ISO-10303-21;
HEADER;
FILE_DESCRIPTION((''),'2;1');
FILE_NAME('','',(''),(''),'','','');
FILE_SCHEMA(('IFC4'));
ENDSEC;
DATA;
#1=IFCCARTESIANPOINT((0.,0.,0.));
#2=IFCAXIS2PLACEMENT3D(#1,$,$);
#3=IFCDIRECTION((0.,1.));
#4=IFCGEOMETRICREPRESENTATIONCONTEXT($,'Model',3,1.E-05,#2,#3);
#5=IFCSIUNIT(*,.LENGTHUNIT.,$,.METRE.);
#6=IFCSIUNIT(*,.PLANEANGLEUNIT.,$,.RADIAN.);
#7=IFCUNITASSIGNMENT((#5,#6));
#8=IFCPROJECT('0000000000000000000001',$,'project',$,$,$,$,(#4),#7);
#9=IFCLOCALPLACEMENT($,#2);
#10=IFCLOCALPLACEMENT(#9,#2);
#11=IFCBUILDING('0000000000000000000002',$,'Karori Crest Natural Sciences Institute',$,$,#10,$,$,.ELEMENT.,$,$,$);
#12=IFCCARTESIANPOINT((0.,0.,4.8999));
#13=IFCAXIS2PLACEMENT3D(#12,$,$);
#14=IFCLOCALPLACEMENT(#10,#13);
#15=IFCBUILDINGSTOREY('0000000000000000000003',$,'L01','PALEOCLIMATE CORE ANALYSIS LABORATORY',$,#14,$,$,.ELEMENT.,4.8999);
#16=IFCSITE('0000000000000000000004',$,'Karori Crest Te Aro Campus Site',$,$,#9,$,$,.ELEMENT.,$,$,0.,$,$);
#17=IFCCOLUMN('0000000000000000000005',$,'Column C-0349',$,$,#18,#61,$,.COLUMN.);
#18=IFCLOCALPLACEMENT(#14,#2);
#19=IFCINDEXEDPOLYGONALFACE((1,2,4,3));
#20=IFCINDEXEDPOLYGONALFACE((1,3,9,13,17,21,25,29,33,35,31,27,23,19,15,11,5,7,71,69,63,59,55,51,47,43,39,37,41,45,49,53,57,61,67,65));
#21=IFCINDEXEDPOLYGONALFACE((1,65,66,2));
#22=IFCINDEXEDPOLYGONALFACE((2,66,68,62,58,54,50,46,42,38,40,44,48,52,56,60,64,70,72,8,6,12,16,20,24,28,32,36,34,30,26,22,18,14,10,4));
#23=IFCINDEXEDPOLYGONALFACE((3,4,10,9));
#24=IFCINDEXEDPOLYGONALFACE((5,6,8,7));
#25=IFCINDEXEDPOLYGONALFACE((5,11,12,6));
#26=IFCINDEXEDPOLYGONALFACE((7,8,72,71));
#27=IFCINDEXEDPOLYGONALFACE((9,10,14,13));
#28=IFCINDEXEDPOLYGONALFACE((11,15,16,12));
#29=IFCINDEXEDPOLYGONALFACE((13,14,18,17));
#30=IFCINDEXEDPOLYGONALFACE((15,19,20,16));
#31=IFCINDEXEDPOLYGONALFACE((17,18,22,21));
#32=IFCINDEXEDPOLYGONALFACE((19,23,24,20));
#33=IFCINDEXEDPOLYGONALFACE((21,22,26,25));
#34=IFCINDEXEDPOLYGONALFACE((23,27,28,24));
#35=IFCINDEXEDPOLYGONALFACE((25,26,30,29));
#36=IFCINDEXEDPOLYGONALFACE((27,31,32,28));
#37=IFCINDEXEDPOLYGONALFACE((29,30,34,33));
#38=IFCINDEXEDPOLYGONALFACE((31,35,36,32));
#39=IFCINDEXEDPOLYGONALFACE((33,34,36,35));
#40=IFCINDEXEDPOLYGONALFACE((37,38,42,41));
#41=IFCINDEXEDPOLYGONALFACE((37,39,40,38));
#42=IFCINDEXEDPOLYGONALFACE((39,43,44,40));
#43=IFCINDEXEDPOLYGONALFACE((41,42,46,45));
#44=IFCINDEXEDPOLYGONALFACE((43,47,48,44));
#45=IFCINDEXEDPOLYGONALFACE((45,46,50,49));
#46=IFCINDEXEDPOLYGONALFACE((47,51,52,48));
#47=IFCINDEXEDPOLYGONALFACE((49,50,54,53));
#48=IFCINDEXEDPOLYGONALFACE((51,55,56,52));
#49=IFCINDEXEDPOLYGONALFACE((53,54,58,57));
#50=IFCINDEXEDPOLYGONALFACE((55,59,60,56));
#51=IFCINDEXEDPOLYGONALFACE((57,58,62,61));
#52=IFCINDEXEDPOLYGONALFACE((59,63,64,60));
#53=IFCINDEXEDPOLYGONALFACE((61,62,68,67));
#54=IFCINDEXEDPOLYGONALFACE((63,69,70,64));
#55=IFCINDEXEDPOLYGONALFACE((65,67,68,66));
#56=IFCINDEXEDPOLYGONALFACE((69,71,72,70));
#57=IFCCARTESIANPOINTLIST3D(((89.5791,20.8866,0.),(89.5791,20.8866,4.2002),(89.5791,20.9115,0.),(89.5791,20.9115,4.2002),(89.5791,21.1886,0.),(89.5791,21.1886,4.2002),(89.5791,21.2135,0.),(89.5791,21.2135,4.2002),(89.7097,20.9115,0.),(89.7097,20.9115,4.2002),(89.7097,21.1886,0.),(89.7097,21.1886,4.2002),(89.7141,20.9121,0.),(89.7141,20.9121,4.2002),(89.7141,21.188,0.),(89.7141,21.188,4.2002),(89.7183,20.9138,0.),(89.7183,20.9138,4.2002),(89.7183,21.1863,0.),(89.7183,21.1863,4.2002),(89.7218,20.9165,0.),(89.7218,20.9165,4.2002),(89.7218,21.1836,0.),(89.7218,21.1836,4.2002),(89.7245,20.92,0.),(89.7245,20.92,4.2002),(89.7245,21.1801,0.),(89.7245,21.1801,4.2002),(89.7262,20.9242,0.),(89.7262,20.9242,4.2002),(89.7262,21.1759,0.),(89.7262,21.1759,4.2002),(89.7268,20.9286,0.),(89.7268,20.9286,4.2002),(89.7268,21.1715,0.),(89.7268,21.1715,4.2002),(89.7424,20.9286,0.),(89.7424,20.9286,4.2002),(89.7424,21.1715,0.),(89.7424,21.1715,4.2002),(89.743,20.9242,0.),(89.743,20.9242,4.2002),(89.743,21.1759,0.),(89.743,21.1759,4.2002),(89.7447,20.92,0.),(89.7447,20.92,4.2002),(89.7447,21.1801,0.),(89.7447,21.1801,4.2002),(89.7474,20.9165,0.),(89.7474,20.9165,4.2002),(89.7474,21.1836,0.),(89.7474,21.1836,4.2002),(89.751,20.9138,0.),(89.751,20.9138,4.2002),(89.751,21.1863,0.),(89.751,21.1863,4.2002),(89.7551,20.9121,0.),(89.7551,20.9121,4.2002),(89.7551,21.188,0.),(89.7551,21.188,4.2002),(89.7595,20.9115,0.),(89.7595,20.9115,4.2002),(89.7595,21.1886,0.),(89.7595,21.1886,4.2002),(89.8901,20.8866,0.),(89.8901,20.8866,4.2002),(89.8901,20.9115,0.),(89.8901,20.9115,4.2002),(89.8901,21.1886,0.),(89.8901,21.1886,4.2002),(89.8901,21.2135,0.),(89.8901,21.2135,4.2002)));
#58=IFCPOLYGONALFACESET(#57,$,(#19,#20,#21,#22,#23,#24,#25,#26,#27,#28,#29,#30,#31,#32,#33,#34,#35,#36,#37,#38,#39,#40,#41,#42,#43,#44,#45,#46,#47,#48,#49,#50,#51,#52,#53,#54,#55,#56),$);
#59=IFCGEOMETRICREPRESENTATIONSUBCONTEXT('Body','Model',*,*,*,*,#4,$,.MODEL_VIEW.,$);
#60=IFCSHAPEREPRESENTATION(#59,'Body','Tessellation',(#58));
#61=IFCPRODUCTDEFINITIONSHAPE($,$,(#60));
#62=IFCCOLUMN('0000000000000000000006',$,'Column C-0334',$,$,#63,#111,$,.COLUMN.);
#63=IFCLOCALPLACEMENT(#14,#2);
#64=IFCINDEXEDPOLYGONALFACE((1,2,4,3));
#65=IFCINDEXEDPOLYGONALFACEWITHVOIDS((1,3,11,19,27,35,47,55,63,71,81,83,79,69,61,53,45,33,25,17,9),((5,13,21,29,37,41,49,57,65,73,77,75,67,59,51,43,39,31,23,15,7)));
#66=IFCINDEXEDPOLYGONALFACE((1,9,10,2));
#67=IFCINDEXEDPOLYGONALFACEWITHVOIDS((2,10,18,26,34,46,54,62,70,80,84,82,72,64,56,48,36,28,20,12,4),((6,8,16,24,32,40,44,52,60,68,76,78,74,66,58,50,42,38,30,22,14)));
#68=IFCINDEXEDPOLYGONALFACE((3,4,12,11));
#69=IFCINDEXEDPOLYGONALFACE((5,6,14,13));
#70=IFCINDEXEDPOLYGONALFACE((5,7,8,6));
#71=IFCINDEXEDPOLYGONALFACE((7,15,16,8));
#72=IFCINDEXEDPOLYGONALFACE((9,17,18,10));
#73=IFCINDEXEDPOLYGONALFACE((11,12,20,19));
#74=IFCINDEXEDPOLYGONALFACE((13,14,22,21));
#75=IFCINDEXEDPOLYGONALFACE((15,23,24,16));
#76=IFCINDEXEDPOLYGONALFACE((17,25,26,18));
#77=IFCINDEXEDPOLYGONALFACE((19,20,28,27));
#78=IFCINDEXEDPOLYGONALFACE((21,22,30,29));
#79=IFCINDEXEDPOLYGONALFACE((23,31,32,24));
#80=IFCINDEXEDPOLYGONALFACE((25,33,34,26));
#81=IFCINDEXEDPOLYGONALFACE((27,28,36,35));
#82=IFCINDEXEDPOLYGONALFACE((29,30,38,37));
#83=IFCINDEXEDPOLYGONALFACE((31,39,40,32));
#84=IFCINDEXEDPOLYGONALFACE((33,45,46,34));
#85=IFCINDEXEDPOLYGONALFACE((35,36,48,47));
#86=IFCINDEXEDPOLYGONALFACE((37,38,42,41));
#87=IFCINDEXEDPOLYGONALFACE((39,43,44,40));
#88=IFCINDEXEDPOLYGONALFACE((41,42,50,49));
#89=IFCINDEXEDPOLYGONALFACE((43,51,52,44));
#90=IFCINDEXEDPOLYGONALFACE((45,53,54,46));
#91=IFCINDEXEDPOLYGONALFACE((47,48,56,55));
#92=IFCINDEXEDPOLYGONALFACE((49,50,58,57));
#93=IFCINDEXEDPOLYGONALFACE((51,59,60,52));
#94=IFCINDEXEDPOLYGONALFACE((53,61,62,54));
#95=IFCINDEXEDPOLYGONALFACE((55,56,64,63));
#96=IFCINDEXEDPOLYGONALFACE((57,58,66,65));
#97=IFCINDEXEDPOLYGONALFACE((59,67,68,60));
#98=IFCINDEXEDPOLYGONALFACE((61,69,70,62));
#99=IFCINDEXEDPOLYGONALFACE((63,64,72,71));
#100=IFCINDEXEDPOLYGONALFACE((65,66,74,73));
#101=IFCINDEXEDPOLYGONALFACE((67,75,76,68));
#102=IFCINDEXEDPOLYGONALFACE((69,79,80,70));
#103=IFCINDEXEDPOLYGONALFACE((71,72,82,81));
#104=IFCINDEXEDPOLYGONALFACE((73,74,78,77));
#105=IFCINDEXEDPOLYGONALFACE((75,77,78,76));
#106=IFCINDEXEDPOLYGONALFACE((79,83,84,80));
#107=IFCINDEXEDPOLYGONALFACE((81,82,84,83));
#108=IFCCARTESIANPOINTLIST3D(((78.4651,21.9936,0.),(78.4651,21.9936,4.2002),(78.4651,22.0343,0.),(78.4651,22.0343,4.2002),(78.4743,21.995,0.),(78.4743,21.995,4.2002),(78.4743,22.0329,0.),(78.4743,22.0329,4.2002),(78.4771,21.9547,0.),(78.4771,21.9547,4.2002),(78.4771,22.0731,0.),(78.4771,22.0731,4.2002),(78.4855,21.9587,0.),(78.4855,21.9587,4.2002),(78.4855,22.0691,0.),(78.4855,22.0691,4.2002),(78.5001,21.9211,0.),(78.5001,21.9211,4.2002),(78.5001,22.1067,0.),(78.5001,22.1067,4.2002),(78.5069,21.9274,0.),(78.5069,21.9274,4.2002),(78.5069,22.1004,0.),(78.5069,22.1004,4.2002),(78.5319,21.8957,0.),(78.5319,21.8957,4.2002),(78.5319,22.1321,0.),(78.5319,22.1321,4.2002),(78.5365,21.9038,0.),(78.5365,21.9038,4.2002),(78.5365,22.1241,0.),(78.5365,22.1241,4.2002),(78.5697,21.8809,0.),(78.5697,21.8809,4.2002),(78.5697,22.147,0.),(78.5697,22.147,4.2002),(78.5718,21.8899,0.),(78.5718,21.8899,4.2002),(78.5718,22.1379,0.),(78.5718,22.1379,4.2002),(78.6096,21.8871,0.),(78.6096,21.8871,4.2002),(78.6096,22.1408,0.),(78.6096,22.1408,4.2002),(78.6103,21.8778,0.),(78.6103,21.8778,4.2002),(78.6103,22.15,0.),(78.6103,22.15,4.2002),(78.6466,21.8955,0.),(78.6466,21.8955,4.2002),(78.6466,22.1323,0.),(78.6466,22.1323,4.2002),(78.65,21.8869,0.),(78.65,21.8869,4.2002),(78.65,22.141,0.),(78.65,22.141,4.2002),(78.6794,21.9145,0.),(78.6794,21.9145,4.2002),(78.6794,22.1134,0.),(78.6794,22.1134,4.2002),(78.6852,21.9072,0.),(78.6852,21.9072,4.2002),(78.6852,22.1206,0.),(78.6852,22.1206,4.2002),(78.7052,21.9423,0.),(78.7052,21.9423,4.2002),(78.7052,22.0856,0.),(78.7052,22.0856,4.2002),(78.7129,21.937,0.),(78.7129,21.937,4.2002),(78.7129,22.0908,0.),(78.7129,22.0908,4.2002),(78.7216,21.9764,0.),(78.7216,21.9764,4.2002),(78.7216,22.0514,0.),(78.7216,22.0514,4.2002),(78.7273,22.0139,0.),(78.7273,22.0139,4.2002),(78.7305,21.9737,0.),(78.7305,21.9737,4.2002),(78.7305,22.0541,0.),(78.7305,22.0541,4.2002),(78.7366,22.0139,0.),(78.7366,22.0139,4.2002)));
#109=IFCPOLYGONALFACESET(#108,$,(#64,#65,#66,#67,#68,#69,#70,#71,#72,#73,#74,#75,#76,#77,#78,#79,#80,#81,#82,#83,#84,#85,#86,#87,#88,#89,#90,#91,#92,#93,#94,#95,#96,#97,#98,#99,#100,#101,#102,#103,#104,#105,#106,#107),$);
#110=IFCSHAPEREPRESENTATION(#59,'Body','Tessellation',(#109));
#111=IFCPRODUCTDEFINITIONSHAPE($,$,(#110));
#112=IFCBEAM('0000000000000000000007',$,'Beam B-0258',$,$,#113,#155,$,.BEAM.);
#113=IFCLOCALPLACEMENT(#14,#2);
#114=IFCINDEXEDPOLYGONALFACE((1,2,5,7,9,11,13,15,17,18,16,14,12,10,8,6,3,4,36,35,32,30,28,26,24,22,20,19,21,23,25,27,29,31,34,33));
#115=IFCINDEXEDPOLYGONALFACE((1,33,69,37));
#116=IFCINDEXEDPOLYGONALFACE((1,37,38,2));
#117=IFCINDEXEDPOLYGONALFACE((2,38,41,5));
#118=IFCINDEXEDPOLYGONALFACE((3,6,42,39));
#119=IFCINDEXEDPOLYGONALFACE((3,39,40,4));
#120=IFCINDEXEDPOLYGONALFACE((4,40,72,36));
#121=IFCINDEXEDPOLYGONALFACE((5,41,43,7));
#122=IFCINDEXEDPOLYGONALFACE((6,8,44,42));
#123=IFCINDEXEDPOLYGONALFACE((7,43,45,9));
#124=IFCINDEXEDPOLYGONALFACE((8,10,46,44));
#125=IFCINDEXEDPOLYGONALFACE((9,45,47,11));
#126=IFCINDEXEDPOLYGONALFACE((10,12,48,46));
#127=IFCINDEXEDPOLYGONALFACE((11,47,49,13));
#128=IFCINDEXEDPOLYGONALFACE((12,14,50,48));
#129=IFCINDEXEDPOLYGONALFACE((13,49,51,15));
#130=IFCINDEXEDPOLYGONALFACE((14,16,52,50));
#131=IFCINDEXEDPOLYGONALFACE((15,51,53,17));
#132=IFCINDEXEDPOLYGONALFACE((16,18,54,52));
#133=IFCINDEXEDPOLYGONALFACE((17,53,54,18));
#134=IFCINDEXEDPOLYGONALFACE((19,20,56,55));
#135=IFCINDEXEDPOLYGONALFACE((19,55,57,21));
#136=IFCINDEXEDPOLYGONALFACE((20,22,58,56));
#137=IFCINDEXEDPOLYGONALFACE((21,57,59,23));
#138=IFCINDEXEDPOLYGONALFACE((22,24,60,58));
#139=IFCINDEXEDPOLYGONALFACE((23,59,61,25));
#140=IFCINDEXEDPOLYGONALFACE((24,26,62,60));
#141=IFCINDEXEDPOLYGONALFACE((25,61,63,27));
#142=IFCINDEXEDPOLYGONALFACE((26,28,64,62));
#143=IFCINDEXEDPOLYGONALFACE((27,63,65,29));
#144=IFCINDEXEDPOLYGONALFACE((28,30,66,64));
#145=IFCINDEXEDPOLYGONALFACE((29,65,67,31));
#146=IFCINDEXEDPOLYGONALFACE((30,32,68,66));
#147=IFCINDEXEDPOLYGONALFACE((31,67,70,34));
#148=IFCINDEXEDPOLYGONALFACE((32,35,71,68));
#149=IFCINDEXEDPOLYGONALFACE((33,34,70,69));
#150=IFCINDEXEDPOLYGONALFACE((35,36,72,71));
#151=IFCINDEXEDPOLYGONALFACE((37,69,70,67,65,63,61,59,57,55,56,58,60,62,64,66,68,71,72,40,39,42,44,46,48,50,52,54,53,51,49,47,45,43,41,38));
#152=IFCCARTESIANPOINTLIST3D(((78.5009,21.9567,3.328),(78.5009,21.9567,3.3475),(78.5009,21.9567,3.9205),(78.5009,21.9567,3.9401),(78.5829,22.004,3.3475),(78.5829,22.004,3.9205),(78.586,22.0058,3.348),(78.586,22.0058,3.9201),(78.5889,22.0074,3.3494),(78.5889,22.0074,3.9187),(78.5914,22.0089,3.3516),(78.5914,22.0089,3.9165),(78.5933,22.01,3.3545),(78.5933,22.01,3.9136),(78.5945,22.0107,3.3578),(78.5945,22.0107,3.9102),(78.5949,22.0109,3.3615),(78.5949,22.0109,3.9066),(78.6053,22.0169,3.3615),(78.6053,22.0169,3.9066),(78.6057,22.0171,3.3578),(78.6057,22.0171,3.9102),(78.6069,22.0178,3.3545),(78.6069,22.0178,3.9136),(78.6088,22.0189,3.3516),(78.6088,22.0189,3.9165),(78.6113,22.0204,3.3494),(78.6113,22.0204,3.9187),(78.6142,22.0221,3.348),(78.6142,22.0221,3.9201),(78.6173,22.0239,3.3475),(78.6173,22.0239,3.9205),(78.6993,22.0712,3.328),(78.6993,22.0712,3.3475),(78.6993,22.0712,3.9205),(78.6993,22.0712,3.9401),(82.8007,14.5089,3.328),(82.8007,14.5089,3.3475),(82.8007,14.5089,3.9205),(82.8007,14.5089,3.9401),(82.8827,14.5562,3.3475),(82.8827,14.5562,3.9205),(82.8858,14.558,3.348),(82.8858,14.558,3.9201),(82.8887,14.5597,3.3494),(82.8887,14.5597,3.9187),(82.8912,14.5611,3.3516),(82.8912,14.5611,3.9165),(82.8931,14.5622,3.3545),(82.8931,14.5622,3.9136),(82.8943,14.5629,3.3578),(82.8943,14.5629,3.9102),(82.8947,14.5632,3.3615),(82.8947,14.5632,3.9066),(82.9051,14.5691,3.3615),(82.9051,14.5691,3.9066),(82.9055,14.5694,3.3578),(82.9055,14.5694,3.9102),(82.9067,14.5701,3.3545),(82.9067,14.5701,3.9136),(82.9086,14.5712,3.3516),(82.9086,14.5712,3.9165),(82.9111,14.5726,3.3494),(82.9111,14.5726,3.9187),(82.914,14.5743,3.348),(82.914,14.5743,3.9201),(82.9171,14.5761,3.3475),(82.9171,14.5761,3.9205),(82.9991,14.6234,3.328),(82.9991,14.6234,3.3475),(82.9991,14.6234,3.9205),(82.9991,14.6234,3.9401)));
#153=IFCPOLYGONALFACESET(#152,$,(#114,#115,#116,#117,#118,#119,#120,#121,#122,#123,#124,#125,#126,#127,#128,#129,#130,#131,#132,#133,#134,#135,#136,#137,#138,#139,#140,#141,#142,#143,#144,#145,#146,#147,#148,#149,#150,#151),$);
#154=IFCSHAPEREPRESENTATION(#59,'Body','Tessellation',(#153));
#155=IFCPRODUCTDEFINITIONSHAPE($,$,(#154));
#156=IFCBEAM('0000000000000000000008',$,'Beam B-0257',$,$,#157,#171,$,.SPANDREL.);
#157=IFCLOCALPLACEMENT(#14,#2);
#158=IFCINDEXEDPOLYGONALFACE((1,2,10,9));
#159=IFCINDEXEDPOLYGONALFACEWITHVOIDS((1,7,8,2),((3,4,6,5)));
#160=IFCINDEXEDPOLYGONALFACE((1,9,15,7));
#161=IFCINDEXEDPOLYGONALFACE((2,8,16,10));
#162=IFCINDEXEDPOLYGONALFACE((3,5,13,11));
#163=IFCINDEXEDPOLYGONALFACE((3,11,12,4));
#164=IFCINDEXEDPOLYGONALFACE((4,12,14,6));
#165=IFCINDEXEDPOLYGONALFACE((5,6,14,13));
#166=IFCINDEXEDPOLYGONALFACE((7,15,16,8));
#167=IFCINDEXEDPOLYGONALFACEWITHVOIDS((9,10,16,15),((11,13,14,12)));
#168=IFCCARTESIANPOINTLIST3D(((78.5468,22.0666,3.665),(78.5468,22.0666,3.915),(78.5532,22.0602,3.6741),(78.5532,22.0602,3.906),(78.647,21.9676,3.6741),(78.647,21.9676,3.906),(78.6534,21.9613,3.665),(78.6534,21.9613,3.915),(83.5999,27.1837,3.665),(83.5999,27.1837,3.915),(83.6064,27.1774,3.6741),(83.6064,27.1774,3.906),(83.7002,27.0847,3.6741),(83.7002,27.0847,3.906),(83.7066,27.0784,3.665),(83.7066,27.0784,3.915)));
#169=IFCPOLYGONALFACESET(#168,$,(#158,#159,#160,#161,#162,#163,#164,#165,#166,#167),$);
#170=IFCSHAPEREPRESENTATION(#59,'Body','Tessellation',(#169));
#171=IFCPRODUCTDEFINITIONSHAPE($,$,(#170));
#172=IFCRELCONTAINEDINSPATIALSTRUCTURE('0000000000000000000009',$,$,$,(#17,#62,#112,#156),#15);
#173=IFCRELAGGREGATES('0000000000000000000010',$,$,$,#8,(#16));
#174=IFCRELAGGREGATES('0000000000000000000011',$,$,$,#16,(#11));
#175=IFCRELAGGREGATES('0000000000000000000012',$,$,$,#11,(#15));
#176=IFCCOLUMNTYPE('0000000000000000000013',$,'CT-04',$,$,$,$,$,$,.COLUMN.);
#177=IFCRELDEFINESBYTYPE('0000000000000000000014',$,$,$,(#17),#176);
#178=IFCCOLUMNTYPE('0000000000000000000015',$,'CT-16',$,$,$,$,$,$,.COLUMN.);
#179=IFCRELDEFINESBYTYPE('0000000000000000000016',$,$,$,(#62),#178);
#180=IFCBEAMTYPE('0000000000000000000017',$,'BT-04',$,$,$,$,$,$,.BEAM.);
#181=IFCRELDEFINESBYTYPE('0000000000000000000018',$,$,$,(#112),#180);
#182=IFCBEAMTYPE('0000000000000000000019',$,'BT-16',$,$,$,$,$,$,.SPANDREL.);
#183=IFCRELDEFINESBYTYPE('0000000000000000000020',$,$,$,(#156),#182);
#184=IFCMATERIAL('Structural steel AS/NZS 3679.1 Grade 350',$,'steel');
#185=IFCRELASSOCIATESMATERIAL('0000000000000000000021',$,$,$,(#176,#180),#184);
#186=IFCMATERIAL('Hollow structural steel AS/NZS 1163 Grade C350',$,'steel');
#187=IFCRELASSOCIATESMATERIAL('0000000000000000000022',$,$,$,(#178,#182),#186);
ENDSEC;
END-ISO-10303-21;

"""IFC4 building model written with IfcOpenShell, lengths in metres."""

from ifc_helpers import new_model, si_unit, direction, frame, origin, origin_2d, place, context, subcontext, project, spatial, hollow_rectangle, hollow_circle, i_section, extrude, material, material_profile, profile_set, type_object, element, save


model = new_model("IFC4")

# Units and contexts
model_context = context("Model", 3, precision=1e-05, world=origin(), true_north=direction((0.0, 1.0)))
body_context = subcontext(model_context, "Body", "Model", "MODEL_VIEW")
ifc_project = project(units=[si_unit("LENGTHUNIT", "METRE"), si_unit("PLANEANGLEUNIT", "RADIAN")], contexts=[model_context])

# Site, building, storey
site_placement = place(None, origin())
site = spatial("IfcSite", under=ifc_project, at=site_placement, Name="Karori Crest Te Aro Campus Site", CompositionType="ELEMENT", RefElevation=0.0)
building_placement = place(site_placement, origin())
building = spatial("IfcBuilding", under=site, at=building_placement, Name="Karori Crest Natural Sciences Institute", CompositionType="ELEMENT")
storey_placement = place(building_placement, frame((0.0, 0.0, 4.8999)))
storey = spatial("IfcBuildingStorey", under=building, at=storey_placement, Name="L01", Description="PALEOCLIMATE CORE ANALYSIS LABORATORY", CompositionType="ELEMENT", Elevation=4.8999)

# Columns
ifc_material_1 = material(Name="Structural steel AS/NZS 3679.1 Grade 350", Category="steel")
ifc_material_profile_1 = material_profile(ifc_material_1, i_section(OverallWidth=0.311, OverallDepth=0.3269, WebThickness=0.0156, FlangeThickness=0.0249, FilletRadius=0.0171, at=origin_2d()), Name="310UC158")
ifc_profile_set_1 = profile_set([ifc_material_profile_1], Name="Structural steel AS/NZS 3679.1 Grade 350")
column_type_1 = type_object("IfcColumnType", Name="CT-04", PredefinedType="COLUMN", material=ifc_profile_set_1)
column_1_placement = place(storey_placement, frame((89.7346, 21.05, 0.0), z_axis=(0.0, 0.0, 1.0), x_axis=(1.0, 0.0, 0.0)))
element("IfcColumn", 1, at=column_1_placement, inside=storey, type_object=column_type_1, Name="Column C-0349", PredefinedType="COLUMN", context=body_context, shape_type="SweptSolid", body=[
    extrude(i_section(OverallWidth=0.311, OverallDepth=0.3269, WebThickness=0.0156, FlangeThickness=0.0249, FilletRadius=0.0171, at=origin_2d()), origin(), (0.0, 0.0, 1.0), 4.2002),
])
ifc_material_2 = material(Name="Hollow structural steel AS/NZS 1163 Grade C350", Category="steel")
ifc_material_profile_2 = material_profile(ifc_material_2, hollow_circle(Radius=0.1365, WallThickness=0.0093, at=origin_2d()), Name="CHS273.0x9.3")
ifc_profile_set_2 = profile_set([ifc_material_profile_2], Name="Hollow structural steel AS/NZS 1163 Grade C350")
column_type_2 = type_object("IfcColumnType", Name="CT-16", PredefinedType="COLUMN", material=ifc_profile_set_2)
column_2_placement = place(storey_placement, frame((78.6001, 22.0139, 0.0), z_axis=(0.0, 0.0, 1.0), x_axis=(1.0, 0.0, 0.0)))
element("IfcColumn", 2, at=column_2_placement, inside=storey, type_object=column_type_2, Name="Column C-0334", PredefinedType="COLUMN", context=body_context, shape_type="SweptSolid", body=[
    extrude(hollow_circle(Radius=0.1365, WallThickness=0.0093, at=origin_2d()), origin(), (0.0, 0.0, 1.0), 4.2002),
])

# Beams
ifc_material_profile_3 = material_profile(ifc_material_1, i_section(OverallWidth=0.229, OverallDepth=0.6121, WebThickness=0.012, FlangeThickness=0.0195, FilletRadius=0.0139, at=origin_2d()), Name="610UB125")
ifc_profile_set_3 = profile_set([ifc_material_profile_3], Name="Structural steel AS/NZS 3679.1 Grade 350")
beam_type_1 = type_object("IfcBeamType", Name="BT-04", PredefinedType="BEAM", material=ifc_profile_set_3)
beam_1_placement = place(storey_placement, frame((78.6001, 22.0139, 3.634), z_axis=(0.499986, -0.866033, 0.0), x_axis=(0.866033, 0.499986, 0.0)))
element("IfcBeam", 3, at=beam_1_placement, inside=storey, type_object=beam_type_1, Name="Beam B-0258", PredefinedType="BEAM", context=body_context, shape_type="SweptSolid", body=[
    extrude(i_section(OverallWidth=0.229, OverallDepth=0.6121, WebThickness=0.012, FlangeThickness=0.0195, FilletRadius=0.0139, at=origin_2d()), origin(), (0.0, 0.0, 1.0), 8.5999),
])
ifc_material_profile_4 = material_profile(ifc_material_2, hollow_rectangle(XDim=0.1499, YDim=0.25, WallThickness=0.009, at=origin_2d()), Name="RHS250x150x9")
ifc_profile_set_4 = profile_set([ifc_material_profile_4], Name="Hollow structural steel AS/NZS 1163 Grade C350")
beam_type_2 = type_object("IfcBeamType", Name="BT-16", PredefinedType="SPANDREL", material=ifc_profile_set_4)
beam_2_placement = place(storey_placement, frame((78.6001, 22.0139, 3.79), z_axis=(0.702646, 0.71154, 0.0), x_axis=(-0.71154, 0.702646, 0.0)))
element("IfcBeam", 4, at=beam_2_placement, inside=storey, type_object=beam_type_2, Name="Beam B-0257", PredefinedType="SPANDREL", context=body_context, shape_type="SweptSolid", body=[
    extrude(hollow_rectangle(XDim=0.1499, YDim=0.25, WallThickness=0.009, at=origin_2d()), origin(), (0.0, 0.0, 1.0), 7.1917),
])

save(model, "model.ifc")
